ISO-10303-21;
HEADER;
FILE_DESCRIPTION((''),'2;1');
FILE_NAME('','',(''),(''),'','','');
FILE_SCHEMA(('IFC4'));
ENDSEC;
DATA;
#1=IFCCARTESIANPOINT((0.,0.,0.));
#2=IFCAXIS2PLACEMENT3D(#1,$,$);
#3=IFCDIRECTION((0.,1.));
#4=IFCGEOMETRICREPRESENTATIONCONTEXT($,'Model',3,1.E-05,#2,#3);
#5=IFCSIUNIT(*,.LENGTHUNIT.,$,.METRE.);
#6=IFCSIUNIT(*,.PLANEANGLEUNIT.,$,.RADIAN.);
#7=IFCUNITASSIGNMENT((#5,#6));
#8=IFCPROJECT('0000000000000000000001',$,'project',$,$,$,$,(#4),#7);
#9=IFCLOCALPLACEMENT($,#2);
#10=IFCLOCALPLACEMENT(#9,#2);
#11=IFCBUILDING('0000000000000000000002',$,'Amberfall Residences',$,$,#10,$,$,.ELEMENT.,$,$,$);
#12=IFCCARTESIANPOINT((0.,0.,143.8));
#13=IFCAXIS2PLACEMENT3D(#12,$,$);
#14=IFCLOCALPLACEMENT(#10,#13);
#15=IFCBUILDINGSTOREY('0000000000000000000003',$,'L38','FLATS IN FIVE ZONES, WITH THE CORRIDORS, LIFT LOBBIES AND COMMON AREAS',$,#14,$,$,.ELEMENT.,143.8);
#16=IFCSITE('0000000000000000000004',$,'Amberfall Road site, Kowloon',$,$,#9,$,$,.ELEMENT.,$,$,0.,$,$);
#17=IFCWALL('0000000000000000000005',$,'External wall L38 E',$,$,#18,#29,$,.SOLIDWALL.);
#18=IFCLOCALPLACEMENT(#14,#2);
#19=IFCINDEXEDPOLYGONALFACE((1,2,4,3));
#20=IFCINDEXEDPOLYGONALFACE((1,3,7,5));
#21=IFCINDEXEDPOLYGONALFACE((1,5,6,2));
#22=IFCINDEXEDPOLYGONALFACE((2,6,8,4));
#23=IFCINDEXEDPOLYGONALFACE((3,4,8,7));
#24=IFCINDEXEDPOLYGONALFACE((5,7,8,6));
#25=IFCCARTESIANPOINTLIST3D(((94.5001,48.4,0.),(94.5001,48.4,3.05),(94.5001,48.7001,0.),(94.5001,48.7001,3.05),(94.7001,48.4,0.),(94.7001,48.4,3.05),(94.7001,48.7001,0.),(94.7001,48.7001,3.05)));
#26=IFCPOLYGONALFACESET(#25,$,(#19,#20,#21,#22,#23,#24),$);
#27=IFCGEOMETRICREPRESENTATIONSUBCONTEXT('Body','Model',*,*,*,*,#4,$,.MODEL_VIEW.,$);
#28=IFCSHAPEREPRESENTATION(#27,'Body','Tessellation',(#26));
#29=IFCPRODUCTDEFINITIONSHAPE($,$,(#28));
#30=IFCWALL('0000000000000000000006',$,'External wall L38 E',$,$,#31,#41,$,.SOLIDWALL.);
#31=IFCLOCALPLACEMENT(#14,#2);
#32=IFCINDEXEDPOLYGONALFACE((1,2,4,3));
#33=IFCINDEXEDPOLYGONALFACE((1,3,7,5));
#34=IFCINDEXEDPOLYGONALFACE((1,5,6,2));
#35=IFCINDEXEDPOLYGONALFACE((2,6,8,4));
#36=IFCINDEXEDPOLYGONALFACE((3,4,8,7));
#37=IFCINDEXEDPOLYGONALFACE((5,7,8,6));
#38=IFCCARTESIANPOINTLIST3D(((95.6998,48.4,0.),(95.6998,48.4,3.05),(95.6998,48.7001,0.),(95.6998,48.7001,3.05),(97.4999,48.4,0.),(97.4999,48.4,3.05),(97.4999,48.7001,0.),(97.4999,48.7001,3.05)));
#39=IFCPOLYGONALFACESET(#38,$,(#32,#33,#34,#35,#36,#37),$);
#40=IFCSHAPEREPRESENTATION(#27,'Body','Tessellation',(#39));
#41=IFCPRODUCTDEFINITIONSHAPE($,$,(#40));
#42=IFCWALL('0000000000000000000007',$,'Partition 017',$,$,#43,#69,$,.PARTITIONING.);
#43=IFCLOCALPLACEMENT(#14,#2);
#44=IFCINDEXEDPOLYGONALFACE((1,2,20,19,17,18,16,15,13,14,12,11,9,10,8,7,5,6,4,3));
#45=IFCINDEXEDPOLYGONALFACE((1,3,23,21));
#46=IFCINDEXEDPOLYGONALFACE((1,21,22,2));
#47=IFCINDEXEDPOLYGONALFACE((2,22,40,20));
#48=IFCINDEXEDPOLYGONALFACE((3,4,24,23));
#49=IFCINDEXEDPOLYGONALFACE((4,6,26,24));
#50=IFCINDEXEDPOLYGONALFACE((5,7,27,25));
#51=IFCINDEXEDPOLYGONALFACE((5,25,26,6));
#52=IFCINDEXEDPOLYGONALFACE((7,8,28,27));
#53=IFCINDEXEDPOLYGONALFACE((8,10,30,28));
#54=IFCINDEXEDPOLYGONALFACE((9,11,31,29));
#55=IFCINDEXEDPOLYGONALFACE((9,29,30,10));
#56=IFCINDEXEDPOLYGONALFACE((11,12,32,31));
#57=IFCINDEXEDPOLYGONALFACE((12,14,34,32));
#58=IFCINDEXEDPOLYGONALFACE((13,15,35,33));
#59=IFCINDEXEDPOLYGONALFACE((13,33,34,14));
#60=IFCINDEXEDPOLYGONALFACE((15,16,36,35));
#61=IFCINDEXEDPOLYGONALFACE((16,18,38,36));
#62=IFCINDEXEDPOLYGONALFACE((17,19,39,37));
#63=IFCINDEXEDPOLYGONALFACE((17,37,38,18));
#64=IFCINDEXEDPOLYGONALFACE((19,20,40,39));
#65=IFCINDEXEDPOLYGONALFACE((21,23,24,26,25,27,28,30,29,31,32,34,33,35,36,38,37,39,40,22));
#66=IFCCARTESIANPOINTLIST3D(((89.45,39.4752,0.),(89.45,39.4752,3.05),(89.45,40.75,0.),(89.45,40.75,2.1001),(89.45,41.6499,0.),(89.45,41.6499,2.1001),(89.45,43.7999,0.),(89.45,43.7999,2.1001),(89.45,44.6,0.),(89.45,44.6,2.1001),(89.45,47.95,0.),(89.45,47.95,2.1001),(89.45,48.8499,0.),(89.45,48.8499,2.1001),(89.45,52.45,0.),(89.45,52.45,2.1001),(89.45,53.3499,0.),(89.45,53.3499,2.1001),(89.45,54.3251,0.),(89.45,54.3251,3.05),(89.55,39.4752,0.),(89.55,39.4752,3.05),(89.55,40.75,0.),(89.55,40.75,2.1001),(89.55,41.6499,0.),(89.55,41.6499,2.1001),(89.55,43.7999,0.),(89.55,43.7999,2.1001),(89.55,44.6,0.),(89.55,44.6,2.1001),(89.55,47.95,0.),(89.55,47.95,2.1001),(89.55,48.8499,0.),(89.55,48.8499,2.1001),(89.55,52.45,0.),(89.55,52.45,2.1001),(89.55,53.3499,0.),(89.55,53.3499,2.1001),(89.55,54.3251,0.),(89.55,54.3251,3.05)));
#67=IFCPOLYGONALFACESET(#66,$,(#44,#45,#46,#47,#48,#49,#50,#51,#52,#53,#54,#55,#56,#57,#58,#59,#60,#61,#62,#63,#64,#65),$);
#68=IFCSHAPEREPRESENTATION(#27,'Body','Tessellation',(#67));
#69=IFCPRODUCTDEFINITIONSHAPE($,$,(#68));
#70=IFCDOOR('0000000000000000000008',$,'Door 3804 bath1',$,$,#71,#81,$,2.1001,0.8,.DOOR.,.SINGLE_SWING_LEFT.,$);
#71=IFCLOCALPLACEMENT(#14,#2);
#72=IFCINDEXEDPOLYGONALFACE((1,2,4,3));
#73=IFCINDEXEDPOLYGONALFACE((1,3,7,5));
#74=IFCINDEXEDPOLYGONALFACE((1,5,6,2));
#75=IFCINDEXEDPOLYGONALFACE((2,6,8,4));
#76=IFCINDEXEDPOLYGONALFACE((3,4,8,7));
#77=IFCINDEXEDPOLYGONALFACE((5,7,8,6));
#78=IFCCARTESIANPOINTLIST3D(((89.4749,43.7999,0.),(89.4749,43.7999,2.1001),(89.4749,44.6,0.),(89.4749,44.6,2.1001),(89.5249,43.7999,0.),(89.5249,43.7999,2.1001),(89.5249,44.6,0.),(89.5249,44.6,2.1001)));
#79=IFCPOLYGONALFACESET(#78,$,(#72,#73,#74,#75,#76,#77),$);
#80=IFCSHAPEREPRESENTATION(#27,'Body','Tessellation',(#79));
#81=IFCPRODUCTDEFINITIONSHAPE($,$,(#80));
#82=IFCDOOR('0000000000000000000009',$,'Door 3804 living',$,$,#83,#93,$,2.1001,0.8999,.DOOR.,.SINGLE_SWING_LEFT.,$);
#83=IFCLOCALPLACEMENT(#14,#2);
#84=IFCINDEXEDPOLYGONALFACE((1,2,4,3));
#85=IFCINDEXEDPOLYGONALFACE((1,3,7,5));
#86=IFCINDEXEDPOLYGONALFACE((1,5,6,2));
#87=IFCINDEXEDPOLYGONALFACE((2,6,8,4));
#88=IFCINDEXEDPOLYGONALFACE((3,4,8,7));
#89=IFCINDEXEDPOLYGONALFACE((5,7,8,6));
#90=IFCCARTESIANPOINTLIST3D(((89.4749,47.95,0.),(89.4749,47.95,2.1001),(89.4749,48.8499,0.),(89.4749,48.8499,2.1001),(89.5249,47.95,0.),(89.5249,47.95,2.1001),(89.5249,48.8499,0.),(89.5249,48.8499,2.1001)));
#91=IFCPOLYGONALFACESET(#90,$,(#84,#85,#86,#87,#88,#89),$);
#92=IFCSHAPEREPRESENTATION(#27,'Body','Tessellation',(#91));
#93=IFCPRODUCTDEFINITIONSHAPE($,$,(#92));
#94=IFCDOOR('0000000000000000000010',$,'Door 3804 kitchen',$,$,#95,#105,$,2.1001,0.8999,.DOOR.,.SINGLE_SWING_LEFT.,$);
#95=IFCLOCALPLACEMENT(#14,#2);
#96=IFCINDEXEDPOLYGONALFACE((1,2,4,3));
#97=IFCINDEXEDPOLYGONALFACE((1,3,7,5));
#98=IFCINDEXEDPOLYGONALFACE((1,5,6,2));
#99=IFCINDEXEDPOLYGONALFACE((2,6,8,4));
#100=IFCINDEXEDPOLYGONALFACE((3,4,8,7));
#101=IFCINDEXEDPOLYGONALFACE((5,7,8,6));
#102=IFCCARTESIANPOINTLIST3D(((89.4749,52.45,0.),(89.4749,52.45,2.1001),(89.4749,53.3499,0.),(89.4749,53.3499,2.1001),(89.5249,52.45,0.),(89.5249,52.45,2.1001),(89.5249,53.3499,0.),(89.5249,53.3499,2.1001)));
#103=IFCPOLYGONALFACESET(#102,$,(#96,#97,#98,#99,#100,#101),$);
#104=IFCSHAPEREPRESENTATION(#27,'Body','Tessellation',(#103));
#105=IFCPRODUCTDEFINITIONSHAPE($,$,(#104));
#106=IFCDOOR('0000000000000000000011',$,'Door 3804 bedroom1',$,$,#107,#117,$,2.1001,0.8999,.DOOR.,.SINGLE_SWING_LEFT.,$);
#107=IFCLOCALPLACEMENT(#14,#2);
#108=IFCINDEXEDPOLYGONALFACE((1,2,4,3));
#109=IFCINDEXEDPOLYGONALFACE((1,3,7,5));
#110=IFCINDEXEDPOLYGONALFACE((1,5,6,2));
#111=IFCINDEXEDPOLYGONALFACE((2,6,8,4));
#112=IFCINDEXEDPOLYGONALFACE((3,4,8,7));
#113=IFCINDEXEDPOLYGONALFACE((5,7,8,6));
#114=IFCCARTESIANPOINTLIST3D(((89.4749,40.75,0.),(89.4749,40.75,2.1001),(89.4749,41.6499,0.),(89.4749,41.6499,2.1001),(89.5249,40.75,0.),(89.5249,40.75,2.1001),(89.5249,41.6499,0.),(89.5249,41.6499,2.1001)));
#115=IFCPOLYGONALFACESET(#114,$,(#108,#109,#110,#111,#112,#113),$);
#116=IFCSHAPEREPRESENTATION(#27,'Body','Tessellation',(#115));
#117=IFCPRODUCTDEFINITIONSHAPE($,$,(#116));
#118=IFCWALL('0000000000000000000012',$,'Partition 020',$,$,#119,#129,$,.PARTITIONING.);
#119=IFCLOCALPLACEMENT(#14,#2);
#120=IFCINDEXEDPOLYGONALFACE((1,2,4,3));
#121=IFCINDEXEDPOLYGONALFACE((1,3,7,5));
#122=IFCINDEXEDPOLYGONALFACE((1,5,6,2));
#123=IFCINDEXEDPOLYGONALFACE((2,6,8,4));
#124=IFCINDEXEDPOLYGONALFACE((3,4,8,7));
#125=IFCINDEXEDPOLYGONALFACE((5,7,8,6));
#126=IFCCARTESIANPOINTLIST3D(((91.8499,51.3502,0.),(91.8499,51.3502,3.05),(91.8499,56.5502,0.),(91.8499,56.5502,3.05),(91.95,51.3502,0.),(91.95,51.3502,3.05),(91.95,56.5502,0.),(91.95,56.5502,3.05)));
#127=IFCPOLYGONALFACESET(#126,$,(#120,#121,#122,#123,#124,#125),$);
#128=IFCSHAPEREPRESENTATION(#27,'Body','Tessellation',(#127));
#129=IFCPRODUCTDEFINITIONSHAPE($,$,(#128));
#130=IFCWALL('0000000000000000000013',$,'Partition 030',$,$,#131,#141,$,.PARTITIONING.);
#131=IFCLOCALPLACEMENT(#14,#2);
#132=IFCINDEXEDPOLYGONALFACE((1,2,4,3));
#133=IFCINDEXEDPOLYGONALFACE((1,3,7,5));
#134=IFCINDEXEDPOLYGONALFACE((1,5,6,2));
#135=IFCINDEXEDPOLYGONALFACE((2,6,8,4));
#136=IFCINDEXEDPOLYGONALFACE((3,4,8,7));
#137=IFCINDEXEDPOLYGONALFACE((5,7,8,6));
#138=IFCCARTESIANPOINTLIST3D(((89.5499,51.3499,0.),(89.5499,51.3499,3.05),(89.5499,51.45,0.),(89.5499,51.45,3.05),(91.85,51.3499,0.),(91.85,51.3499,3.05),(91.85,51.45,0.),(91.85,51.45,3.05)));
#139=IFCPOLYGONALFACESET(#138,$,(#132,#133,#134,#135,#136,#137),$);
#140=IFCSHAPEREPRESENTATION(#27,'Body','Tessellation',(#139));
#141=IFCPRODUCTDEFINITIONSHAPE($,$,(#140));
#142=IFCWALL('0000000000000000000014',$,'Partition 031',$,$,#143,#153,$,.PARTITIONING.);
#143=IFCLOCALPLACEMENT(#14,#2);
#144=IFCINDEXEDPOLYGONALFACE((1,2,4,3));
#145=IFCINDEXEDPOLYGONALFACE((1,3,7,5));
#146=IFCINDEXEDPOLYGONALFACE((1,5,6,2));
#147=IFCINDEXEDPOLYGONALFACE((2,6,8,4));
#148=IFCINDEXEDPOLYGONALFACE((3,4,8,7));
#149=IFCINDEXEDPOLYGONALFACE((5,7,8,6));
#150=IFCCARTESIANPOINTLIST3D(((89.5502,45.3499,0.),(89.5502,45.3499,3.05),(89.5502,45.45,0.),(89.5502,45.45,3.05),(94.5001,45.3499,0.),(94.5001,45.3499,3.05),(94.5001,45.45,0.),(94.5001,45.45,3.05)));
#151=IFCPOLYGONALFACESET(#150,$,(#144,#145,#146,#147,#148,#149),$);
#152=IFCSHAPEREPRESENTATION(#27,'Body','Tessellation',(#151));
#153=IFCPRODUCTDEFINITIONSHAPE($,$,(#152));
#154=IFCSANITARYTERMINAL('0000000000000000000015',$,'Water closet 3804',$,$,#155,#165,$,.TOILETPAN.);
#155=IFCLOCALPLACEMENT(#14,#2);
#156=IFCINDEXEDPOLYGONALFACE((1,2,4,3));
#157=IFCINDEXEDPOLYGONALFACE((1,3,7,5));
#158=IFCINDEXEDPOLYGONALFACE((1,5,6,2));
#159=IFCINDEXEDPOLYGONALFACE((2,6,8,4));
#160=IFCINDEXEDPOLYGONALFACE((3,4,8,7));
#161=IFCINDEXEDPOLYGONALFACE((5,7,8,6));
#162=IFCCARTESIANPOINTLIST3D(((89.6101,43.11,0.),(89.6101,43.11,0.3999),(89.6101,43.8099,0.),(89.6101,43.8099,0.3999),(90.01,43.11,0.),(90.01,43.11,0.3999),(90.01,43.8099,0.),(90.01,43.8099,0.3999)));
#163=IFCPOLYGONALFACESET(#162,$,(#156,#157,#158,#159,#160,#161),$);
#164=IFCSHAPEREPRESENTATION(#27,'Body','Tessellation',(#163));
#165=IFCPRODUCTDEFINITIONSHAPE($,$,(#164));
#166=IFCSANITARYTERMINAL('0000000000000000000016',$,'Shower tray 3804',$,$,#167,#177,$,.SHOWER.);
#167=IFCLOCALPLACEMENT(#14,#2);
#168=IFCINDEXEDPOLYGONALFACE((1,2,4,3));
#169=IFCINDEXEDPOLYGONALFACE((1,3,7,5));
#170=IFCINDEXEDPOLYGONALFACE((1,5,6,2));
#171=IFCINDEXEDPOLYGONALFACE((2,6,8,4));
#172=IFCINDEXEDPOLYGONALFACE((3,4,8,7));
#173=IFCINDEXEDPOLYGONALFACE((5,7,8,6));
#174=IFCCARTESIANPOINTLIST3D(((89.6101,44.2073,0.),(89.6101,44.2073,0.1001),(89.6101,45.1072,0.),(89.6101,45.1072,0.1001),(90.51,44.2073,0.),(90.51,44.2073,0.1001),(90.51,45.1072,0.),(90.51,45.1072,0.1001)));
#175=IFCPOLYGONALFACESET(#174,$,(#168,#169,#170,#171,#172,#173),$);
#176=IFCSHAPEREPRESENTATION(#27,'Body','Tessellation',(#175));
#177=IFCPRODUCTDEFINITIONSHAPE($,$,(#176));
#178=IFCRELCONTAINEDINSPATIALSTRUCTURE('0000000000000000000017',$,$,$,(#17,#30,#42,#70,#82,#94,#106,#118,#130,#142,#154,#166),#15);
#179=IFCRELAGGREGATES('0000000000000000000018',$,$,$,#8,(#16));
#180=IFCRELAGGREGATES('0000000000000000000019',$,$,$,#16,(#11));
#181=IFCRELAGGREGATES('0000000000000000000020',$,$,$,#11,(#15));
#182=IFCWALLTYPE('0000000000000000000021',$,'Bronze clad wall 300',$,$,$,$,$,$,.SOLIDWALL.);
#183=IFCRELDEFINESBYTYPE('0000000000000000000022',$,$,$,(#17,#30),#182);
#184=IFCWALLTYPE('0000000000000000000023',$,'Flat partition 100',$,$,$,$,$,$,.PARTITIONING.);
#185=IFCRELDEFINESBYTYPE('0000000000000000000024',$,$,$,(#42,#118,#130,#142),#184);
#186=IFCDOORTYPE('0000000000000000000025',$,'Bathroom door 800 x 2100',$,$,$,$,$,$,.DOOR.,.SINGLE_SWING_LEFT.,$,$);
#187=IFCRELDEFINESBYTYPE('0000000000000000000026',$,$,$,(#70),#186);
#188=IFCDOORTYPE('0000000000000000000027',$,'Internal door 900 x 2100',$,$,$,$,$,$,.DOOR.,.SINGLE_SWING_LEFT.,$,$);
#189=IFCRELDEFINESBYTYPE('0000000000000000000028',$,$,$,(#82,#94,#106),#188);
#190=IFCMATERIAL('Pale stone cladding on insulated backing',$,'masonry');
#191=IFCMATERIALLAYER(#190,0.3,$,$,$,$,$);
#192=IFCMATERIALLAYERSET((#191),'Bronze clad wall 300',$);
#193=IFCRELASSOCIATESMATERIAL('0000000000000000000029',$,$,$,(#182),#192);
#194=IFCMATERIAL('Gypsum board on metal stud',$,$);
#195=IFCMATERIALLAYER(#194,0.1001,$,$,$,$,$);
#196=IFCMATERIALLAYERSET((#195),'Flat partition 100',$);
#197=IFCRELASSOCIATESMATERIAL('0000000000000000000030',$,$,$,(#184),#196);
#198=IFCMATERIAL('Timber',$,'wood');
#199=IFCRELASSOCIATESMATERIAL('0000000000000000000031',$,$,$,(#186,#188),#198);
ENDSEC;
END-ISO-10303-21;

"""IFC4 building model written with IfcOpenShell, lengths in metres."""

from ifc_helpers import new_model, si_unit, direction, frame, frame_2d, origin, origin_2d, place, context, subcontext, project, spatial, rectangle, extrude, material, layer, layer_set, type_object, element, fill, save


model = new_model("IFC4")

# Units and contexts
model_context = context("Model", 3, precision=1e-05, world=origin(), true_north=direction((0.0, 1.0)))
body_context = subcontext(model_context, "Body", "Model", "MODEL_VIEW")
ifc_project = project(units=[si_unit("LENGTHUNIT", "METRE"), si_unit("PLANEANGLEUNIT", "RADIAN")], contexts=[model_context])

# Site, building, storey
site_placement = place(None, origin())
site = spatial("IfcSite", under=ifc_project, at=site_placement, Name="Amberfall Road site, Kowloon", CompositionType="ELEMENT", RefElevation=0.0)
building_placement = place(site_placement, origin())
building = spatial("IfcBuilding", under=site, at=building_placement, Name="Amberfall Residences", CompositionType="ELEMENT")
storey_placement = place(building_placement, frame((0.0, 0.0, 143.8)))
storey = spatial("IfcBuildingStorey", under=building, at=storey_placement, Name="L38", Description="FLATS IN FIVE ZONES, WITH THE CORRIDORS, LIFT LOBBIES AND COMMON AREAS", CompositionType="ELEMENT", Elevation=143.8)

# Walls
ifc_material_1 = material(Name="Pale stone cladding on insulated backing", Category="masonry")
ifc_layer_1 = layer(ifc_material_1, 0.3)
ifc_layer_set_1 = layer_set([ifc_layer_1], Name="Bronze clad wall 300")
wall_type_1 = type_object("IfcWallType", Name="Bronze clad wall 300", PredefinedType="SOLIDWALL", material=ifc_layer_set_1)
wall_1_placement = place(storey_placement, frame((94.5, 48.55, 0.0), z_axis=(0.0, 0.0, 1.0), x_axis=(1.0, 0.0, 0.0)))
element("IfcWall", 1, at=wall_1_placement, inside=storey, type_object=wall_type_1, Name="External wall L38 E", PredefinedType="SOLIDWALL", context=body_context, shape_type="SweptSolid", body=[
    extrude(rectangle(XDim=0.2, YDim=0.3, at=frame_2d((0.1001, 0.0))), origin(), (0.0, 0.0, 1.0), 3.05),
])
wall_2_placement = place(storey_placement, frame((95.7, 48.55, 0.0), z_axis=(0.0, 0.0, 1.0), x_axis=(1.0, 0.0, 0.0)))
element("IfcWall", 2, at=wall_2_placement, inside=storey, type_object=wall_type_1, Name="External wall L38 E", PredefinedType="SOLIDWALL", context=body_context, shape_type="SweptSolid", body=[
    extrude(rectangle(XDim=1.8, YDim=0.3, at=frame_2d((0.8999, 0.0))), origin(), (0.0, 0.0, 1.0), 3.05),
])

# Wall, openings, doors
ifc_material_2 = material(Name="Gypsum board on metal stud")
ifc_layer_2 = layer(ifc_material_2, 0.1001)
ifc_layer_set_2 = layer_set([ifc_layer_2], Name="Flat partition 100")
wall_type_2 = type_object("IfcWallType", Name="Flat partition 100", PredefinedType="PARTITIONING", material=ifc_layer_set_2)
wall_3_placement = place(storey_placement, frame((89.5, 54.325, 0.0), z_axis=(0.0, 0.0, 1.0), x_axis=(0.0, -1.0, 0.0)))
wall_3 = element("IfcWall", 3, at=wall_3_placement, inside=storey, type_object=wall_type_2, Name="Partition 017", PredefinedType="PARTITIONING", context=body_context, shape_type="SweptSolid", body=[
    extrude(rectangle(XDim=14.8499, YDim=0.1001, at=frame_2d((7.4248, 0.0))), origin(), (0.0, 0.0, 1.0), 3.05),
])
opening_1_placement = place(wall_3_placement, frame((5.4751, 0.0, 0.0)))
opening_1 = element("IfcOpeningElement", 4, at=opening_1_placement, cuts=wall_3, PredefinedType="OPENING", context=body_context, shape_type="SweptSolid", body=[
    extrude(rectangle(XDim=0.8999, YDim=2.1001, at=frame_2d((0.45, 1.05))), frame((0.0, 0.0601, 0.0), z_axis=(0.0, -1.0, 0.0), x_axis=(1.0, 0.0, 0.0)), (0.0, 0.0, 1.0), 0.1201),
])
opening_2_placement = place(wall_3_placement, frame((0.9751, 0.0, 0.0)))
opening_2 = element("IfcOpeningElement", 5, at=opening_2_placement, cuts=wall_3, PredefinedType="OPENING", context=body_context, shape_type="SweptSolid", body=[
    extrude(rectangle(XDim=0.8999, YDim=2.1001, at=frame_2d((0.45, 1.05))), frame((0.0, 0.0601, 0.0), z_axis=(0.0, -1.0, 0.0), x_axis=(1.0, 0.0, 0.0)), (0.0, 0.0, 1.0), 0.1201),
])
opening_3_placement = place(wall_3_placement, frame((12.675, 0.0, 0.0)))
opening_3 = element("IfcOpeningElement", 6, at=opening_3_placement, cuts=wall_3, PredefinedType="OPENING", context=body_context, shape_type="SweptSolid", body=[
    extrude(rectangle(XDim=0.8999, YDim=2.1001, at=frame_2d((0.45, 1.05))), frame((0.0, 0.0601, 0.0), z_axis=(0.0, -1.0, 0.0), x_axis=(1.0, 0.0, 0.0)), (0.0, 0.0, 1.0), 0.1201),
])
opening_4_placement = place(wall_3_placement, frame((9.7251, 0.0, 0.0)))
opening_4 = element("IfcOpeningElement", 7, at=opening_4_placement, cuts=wall_3, PredefinedType="OPENING", context=body_context, shape_type="SweptSolid", body=[
    extrude(rectangle(XDim=0.8, YDim=2.1001, at=frame_2d((0.3999, 1.05))), frame((0.0, 0.0601, 0.0), z_axis=(0.0, -1.0, 0.0), x_axis=(1.0, 0.0, 0.0)), (0.0, 0.0, 1.0), 0.1201),
])
ifc_material_3 = material(Name="Timber", Category="wood")
door_type_1 = type_object("IfcDoorType", Name="Bathroom door 800 x 2100", OperationType="SINGLE_SWING_LEFT", PredefinedType="DOOR", material=ifc_material_3)
door_1_placement = place(opening_4_placement, origin())
door_1 = element("IfcDoor", 8, at=door_1_placement, inside=storey, type_object=door_type_1, Name="Door 3804 bath1", OperationType="SINGLE_SWING_LEFT", OverallHeight=2.1001, OverallWidth=0.8, PredefinedType="DOOR", context=body_context, shape_type="SweptSolid", body=[
    extrude(rectangle(XDim=0.8, YDim=2.1001, at=frame_2d((0.3999, 1.05))), frame((0.0, 0.0249, 0.0), z_axis=(0.0, -1.0, 0.0), x_axis=(1.0, 0.0, 0.0)), (0.0, 0.0, 1.0), 0.05),
])
fill(opening_4, door_1)
door_type_2 = type_object("IfcDoorType", Name="Internal door 900 x 2100", OperationType="SINGLE_SWING_LEFT", PredefinedType="DOOR", material=ifc_material_3)
door_2_placement = place(opening_1_placement, origin())
door_2 = element("IfcDoor", 9, at=door_2_placement, inside=storey, type_object=door_type_2, Name="Door 3804 living", OperationType="SINGLE_SWING_LEFT", OverallHeight=2.1001, OverallWidth=0.8999, PredefinedType="DOOR", context=body_context, shape_type="SweptSolid", body=[
    extrude(rectangle(XDim=0.8999, YDim=2.1001, at=frame_2d((0.45, 1.05))), frame((0.0, 0.0249, 0.0), z_axis=(0.0, -1.0, 0.0), x_axis=(1.0, 0.0, 0.0)), (0.0, 0.0, 1.0), 0.05),
])
fill(opening_1, door_2)
door_3_placement = place(opening_2_placement, origin())
door_3 = element("IfcDoor", 10, at=door_3_placement, inside=storey, type_object=door_type_2, Name="Door 3804 kitchen", OperationType="SINGLE_SWING_LEFT", OverallHeight=2.1001, OverallWidth=0.8999, PredefinedType="DOOR", context=body_context, shape_type="SweptSolid", body=[
    extrude(rectangle(XDim=0.8999, YDim=2.1001, at=frame_2d((0.45, 1.05))), frame((0.0, 0.0249, 0.0), z_axis=(0.0, -1.0, 0.0), x_axis=(1.0, 0.0, 0.0)), (0.0, 0.0, 1.0), 0.05),
])
fill(opening_2, door_3)
door_4_placement = place(opening_3_placement, origin())
door_4 = element("IfcDoor", 11, at=door_4_placement, inside=storey, type_object=door_type_2, Name="Door 3804 bedroom1", OperationType="SINGLE_SWING_LEFT", OverallHeight=2.1001, OverallWidth=0.8999, PredefinedType="DOOR", context=body_context, shape_type="SweptSolid", body=[
    extrude(rectangle(XDim=0.8999, YDim=2.1001, at=frame_2d((0.45, 1.05))), frame((0.0, 0.0249, 0.0), z_axis=(0.0, -1.0, 0.0), x_axis=(1.0, 0.0, 0.0)), (0.0, 0.0, 1.0), 0.05),
])
fill(opening_3, door_4)

# Walls
wall_4_placement = place(storey_placement, frame((91.8999, 51.3501, 0.0), z_axis=(0.0, 0.0, 1.0), x_axis=(0.0, 1.0, 0.0)))
element("IfcWall", 12, at=wall_4_placement, inside=storey, type_object=wall_type_2, Name="Partition 020", PredefinedType="PARTITIONING", context=body_context, shape_type="SweptSolid", body=[
    extrude(rectangle(XDim=5.2, YDim=0.1001, at=frame_2d((2.6001, 0.0))), origin(), (0.0, 0.0, 1.0), 3.05),
])
wall_5_placement = place(storey_placement, frame((89.55, 51.3999, 0.0), z_axis=(0.0, 0.0, 1.0), x_axis=(1.0, 0.0, 0.0)))
element("IfcWall", 13, at=wall_5_placement, inside=storey, type_object=wall_type_2, Name="Partition 030", PredefinedType="PARTITIONING", context=body_context, shape_type="SweptSolid", body=[
    extrude(rectangle(XDim=2.3, YDim=0.1001, at=frame_2d((1.1499, 0.0))), origin(), (0.0, 0.0, 1.0), 3.05),
])
wall_6_placement = place(storey_placement, frame((89.55, 45.3999, 0.0), z_axis=(0.0, 0.0, 1.0), x_axis=(1.0, 0.0, 0.0)))
element("IfcWall", 14, at=wall_6_placement, inside=storey, type_object=wall_type_2, Name="Partition 031", PredefinedType="PARTITIONING", context=body_context, shape_type="SweptSolid", body=[
    extrude(rectangle(XDim=4.95, YDim=0.1001, at=frame_2d((2.4751, 0.0))), origin(), (0.0, 0.0, 1.0), 3.05),
])

# Sanitary terminals
sanitary_terminal_1_placement = place(storey_placement, frame((89.8101, 43.46, 0.0), z_axis=(0.0, 0.0, 1.0), x_axis=(1.0, 0.0, 0.0)))
element("IfcSanitaryTerminal", 15, at=sanitary_terminal_1_placement, inside=storey, Name="Water closet 3804", PredefinedType="TOILETPAN", context=body_context, shape_type="SweptSolid", body=[
    extrude(rectangle(XDim=0.3999, YDim=0.7, at=origin_2d()), origin(), (0.0, 0.0, 1.0), 0.3999),
])
sanitary_terminal_2_placement = place(storey_placement, frame((90.0601, 44.6572, 0.0), z_axis=(0.0, 0.0, 1.0), x_axis=(1.0, 0.0, 0.0)))
element("IfcSanitaryTerminal", 16, at=sanitary_terminal_2_placement, inside=storey, Name="Shower tray 3804", PredefinedType="SHOWER", context=body_context, shape_type="SweptSolid", body=[
    extrude(rectangle(XDim=0.8999, YDim=0.8999, at=origin_2d()), origin(), (0.0, 0.0, 1.0), 0.1001),
])

save(model, "model.ifc")
